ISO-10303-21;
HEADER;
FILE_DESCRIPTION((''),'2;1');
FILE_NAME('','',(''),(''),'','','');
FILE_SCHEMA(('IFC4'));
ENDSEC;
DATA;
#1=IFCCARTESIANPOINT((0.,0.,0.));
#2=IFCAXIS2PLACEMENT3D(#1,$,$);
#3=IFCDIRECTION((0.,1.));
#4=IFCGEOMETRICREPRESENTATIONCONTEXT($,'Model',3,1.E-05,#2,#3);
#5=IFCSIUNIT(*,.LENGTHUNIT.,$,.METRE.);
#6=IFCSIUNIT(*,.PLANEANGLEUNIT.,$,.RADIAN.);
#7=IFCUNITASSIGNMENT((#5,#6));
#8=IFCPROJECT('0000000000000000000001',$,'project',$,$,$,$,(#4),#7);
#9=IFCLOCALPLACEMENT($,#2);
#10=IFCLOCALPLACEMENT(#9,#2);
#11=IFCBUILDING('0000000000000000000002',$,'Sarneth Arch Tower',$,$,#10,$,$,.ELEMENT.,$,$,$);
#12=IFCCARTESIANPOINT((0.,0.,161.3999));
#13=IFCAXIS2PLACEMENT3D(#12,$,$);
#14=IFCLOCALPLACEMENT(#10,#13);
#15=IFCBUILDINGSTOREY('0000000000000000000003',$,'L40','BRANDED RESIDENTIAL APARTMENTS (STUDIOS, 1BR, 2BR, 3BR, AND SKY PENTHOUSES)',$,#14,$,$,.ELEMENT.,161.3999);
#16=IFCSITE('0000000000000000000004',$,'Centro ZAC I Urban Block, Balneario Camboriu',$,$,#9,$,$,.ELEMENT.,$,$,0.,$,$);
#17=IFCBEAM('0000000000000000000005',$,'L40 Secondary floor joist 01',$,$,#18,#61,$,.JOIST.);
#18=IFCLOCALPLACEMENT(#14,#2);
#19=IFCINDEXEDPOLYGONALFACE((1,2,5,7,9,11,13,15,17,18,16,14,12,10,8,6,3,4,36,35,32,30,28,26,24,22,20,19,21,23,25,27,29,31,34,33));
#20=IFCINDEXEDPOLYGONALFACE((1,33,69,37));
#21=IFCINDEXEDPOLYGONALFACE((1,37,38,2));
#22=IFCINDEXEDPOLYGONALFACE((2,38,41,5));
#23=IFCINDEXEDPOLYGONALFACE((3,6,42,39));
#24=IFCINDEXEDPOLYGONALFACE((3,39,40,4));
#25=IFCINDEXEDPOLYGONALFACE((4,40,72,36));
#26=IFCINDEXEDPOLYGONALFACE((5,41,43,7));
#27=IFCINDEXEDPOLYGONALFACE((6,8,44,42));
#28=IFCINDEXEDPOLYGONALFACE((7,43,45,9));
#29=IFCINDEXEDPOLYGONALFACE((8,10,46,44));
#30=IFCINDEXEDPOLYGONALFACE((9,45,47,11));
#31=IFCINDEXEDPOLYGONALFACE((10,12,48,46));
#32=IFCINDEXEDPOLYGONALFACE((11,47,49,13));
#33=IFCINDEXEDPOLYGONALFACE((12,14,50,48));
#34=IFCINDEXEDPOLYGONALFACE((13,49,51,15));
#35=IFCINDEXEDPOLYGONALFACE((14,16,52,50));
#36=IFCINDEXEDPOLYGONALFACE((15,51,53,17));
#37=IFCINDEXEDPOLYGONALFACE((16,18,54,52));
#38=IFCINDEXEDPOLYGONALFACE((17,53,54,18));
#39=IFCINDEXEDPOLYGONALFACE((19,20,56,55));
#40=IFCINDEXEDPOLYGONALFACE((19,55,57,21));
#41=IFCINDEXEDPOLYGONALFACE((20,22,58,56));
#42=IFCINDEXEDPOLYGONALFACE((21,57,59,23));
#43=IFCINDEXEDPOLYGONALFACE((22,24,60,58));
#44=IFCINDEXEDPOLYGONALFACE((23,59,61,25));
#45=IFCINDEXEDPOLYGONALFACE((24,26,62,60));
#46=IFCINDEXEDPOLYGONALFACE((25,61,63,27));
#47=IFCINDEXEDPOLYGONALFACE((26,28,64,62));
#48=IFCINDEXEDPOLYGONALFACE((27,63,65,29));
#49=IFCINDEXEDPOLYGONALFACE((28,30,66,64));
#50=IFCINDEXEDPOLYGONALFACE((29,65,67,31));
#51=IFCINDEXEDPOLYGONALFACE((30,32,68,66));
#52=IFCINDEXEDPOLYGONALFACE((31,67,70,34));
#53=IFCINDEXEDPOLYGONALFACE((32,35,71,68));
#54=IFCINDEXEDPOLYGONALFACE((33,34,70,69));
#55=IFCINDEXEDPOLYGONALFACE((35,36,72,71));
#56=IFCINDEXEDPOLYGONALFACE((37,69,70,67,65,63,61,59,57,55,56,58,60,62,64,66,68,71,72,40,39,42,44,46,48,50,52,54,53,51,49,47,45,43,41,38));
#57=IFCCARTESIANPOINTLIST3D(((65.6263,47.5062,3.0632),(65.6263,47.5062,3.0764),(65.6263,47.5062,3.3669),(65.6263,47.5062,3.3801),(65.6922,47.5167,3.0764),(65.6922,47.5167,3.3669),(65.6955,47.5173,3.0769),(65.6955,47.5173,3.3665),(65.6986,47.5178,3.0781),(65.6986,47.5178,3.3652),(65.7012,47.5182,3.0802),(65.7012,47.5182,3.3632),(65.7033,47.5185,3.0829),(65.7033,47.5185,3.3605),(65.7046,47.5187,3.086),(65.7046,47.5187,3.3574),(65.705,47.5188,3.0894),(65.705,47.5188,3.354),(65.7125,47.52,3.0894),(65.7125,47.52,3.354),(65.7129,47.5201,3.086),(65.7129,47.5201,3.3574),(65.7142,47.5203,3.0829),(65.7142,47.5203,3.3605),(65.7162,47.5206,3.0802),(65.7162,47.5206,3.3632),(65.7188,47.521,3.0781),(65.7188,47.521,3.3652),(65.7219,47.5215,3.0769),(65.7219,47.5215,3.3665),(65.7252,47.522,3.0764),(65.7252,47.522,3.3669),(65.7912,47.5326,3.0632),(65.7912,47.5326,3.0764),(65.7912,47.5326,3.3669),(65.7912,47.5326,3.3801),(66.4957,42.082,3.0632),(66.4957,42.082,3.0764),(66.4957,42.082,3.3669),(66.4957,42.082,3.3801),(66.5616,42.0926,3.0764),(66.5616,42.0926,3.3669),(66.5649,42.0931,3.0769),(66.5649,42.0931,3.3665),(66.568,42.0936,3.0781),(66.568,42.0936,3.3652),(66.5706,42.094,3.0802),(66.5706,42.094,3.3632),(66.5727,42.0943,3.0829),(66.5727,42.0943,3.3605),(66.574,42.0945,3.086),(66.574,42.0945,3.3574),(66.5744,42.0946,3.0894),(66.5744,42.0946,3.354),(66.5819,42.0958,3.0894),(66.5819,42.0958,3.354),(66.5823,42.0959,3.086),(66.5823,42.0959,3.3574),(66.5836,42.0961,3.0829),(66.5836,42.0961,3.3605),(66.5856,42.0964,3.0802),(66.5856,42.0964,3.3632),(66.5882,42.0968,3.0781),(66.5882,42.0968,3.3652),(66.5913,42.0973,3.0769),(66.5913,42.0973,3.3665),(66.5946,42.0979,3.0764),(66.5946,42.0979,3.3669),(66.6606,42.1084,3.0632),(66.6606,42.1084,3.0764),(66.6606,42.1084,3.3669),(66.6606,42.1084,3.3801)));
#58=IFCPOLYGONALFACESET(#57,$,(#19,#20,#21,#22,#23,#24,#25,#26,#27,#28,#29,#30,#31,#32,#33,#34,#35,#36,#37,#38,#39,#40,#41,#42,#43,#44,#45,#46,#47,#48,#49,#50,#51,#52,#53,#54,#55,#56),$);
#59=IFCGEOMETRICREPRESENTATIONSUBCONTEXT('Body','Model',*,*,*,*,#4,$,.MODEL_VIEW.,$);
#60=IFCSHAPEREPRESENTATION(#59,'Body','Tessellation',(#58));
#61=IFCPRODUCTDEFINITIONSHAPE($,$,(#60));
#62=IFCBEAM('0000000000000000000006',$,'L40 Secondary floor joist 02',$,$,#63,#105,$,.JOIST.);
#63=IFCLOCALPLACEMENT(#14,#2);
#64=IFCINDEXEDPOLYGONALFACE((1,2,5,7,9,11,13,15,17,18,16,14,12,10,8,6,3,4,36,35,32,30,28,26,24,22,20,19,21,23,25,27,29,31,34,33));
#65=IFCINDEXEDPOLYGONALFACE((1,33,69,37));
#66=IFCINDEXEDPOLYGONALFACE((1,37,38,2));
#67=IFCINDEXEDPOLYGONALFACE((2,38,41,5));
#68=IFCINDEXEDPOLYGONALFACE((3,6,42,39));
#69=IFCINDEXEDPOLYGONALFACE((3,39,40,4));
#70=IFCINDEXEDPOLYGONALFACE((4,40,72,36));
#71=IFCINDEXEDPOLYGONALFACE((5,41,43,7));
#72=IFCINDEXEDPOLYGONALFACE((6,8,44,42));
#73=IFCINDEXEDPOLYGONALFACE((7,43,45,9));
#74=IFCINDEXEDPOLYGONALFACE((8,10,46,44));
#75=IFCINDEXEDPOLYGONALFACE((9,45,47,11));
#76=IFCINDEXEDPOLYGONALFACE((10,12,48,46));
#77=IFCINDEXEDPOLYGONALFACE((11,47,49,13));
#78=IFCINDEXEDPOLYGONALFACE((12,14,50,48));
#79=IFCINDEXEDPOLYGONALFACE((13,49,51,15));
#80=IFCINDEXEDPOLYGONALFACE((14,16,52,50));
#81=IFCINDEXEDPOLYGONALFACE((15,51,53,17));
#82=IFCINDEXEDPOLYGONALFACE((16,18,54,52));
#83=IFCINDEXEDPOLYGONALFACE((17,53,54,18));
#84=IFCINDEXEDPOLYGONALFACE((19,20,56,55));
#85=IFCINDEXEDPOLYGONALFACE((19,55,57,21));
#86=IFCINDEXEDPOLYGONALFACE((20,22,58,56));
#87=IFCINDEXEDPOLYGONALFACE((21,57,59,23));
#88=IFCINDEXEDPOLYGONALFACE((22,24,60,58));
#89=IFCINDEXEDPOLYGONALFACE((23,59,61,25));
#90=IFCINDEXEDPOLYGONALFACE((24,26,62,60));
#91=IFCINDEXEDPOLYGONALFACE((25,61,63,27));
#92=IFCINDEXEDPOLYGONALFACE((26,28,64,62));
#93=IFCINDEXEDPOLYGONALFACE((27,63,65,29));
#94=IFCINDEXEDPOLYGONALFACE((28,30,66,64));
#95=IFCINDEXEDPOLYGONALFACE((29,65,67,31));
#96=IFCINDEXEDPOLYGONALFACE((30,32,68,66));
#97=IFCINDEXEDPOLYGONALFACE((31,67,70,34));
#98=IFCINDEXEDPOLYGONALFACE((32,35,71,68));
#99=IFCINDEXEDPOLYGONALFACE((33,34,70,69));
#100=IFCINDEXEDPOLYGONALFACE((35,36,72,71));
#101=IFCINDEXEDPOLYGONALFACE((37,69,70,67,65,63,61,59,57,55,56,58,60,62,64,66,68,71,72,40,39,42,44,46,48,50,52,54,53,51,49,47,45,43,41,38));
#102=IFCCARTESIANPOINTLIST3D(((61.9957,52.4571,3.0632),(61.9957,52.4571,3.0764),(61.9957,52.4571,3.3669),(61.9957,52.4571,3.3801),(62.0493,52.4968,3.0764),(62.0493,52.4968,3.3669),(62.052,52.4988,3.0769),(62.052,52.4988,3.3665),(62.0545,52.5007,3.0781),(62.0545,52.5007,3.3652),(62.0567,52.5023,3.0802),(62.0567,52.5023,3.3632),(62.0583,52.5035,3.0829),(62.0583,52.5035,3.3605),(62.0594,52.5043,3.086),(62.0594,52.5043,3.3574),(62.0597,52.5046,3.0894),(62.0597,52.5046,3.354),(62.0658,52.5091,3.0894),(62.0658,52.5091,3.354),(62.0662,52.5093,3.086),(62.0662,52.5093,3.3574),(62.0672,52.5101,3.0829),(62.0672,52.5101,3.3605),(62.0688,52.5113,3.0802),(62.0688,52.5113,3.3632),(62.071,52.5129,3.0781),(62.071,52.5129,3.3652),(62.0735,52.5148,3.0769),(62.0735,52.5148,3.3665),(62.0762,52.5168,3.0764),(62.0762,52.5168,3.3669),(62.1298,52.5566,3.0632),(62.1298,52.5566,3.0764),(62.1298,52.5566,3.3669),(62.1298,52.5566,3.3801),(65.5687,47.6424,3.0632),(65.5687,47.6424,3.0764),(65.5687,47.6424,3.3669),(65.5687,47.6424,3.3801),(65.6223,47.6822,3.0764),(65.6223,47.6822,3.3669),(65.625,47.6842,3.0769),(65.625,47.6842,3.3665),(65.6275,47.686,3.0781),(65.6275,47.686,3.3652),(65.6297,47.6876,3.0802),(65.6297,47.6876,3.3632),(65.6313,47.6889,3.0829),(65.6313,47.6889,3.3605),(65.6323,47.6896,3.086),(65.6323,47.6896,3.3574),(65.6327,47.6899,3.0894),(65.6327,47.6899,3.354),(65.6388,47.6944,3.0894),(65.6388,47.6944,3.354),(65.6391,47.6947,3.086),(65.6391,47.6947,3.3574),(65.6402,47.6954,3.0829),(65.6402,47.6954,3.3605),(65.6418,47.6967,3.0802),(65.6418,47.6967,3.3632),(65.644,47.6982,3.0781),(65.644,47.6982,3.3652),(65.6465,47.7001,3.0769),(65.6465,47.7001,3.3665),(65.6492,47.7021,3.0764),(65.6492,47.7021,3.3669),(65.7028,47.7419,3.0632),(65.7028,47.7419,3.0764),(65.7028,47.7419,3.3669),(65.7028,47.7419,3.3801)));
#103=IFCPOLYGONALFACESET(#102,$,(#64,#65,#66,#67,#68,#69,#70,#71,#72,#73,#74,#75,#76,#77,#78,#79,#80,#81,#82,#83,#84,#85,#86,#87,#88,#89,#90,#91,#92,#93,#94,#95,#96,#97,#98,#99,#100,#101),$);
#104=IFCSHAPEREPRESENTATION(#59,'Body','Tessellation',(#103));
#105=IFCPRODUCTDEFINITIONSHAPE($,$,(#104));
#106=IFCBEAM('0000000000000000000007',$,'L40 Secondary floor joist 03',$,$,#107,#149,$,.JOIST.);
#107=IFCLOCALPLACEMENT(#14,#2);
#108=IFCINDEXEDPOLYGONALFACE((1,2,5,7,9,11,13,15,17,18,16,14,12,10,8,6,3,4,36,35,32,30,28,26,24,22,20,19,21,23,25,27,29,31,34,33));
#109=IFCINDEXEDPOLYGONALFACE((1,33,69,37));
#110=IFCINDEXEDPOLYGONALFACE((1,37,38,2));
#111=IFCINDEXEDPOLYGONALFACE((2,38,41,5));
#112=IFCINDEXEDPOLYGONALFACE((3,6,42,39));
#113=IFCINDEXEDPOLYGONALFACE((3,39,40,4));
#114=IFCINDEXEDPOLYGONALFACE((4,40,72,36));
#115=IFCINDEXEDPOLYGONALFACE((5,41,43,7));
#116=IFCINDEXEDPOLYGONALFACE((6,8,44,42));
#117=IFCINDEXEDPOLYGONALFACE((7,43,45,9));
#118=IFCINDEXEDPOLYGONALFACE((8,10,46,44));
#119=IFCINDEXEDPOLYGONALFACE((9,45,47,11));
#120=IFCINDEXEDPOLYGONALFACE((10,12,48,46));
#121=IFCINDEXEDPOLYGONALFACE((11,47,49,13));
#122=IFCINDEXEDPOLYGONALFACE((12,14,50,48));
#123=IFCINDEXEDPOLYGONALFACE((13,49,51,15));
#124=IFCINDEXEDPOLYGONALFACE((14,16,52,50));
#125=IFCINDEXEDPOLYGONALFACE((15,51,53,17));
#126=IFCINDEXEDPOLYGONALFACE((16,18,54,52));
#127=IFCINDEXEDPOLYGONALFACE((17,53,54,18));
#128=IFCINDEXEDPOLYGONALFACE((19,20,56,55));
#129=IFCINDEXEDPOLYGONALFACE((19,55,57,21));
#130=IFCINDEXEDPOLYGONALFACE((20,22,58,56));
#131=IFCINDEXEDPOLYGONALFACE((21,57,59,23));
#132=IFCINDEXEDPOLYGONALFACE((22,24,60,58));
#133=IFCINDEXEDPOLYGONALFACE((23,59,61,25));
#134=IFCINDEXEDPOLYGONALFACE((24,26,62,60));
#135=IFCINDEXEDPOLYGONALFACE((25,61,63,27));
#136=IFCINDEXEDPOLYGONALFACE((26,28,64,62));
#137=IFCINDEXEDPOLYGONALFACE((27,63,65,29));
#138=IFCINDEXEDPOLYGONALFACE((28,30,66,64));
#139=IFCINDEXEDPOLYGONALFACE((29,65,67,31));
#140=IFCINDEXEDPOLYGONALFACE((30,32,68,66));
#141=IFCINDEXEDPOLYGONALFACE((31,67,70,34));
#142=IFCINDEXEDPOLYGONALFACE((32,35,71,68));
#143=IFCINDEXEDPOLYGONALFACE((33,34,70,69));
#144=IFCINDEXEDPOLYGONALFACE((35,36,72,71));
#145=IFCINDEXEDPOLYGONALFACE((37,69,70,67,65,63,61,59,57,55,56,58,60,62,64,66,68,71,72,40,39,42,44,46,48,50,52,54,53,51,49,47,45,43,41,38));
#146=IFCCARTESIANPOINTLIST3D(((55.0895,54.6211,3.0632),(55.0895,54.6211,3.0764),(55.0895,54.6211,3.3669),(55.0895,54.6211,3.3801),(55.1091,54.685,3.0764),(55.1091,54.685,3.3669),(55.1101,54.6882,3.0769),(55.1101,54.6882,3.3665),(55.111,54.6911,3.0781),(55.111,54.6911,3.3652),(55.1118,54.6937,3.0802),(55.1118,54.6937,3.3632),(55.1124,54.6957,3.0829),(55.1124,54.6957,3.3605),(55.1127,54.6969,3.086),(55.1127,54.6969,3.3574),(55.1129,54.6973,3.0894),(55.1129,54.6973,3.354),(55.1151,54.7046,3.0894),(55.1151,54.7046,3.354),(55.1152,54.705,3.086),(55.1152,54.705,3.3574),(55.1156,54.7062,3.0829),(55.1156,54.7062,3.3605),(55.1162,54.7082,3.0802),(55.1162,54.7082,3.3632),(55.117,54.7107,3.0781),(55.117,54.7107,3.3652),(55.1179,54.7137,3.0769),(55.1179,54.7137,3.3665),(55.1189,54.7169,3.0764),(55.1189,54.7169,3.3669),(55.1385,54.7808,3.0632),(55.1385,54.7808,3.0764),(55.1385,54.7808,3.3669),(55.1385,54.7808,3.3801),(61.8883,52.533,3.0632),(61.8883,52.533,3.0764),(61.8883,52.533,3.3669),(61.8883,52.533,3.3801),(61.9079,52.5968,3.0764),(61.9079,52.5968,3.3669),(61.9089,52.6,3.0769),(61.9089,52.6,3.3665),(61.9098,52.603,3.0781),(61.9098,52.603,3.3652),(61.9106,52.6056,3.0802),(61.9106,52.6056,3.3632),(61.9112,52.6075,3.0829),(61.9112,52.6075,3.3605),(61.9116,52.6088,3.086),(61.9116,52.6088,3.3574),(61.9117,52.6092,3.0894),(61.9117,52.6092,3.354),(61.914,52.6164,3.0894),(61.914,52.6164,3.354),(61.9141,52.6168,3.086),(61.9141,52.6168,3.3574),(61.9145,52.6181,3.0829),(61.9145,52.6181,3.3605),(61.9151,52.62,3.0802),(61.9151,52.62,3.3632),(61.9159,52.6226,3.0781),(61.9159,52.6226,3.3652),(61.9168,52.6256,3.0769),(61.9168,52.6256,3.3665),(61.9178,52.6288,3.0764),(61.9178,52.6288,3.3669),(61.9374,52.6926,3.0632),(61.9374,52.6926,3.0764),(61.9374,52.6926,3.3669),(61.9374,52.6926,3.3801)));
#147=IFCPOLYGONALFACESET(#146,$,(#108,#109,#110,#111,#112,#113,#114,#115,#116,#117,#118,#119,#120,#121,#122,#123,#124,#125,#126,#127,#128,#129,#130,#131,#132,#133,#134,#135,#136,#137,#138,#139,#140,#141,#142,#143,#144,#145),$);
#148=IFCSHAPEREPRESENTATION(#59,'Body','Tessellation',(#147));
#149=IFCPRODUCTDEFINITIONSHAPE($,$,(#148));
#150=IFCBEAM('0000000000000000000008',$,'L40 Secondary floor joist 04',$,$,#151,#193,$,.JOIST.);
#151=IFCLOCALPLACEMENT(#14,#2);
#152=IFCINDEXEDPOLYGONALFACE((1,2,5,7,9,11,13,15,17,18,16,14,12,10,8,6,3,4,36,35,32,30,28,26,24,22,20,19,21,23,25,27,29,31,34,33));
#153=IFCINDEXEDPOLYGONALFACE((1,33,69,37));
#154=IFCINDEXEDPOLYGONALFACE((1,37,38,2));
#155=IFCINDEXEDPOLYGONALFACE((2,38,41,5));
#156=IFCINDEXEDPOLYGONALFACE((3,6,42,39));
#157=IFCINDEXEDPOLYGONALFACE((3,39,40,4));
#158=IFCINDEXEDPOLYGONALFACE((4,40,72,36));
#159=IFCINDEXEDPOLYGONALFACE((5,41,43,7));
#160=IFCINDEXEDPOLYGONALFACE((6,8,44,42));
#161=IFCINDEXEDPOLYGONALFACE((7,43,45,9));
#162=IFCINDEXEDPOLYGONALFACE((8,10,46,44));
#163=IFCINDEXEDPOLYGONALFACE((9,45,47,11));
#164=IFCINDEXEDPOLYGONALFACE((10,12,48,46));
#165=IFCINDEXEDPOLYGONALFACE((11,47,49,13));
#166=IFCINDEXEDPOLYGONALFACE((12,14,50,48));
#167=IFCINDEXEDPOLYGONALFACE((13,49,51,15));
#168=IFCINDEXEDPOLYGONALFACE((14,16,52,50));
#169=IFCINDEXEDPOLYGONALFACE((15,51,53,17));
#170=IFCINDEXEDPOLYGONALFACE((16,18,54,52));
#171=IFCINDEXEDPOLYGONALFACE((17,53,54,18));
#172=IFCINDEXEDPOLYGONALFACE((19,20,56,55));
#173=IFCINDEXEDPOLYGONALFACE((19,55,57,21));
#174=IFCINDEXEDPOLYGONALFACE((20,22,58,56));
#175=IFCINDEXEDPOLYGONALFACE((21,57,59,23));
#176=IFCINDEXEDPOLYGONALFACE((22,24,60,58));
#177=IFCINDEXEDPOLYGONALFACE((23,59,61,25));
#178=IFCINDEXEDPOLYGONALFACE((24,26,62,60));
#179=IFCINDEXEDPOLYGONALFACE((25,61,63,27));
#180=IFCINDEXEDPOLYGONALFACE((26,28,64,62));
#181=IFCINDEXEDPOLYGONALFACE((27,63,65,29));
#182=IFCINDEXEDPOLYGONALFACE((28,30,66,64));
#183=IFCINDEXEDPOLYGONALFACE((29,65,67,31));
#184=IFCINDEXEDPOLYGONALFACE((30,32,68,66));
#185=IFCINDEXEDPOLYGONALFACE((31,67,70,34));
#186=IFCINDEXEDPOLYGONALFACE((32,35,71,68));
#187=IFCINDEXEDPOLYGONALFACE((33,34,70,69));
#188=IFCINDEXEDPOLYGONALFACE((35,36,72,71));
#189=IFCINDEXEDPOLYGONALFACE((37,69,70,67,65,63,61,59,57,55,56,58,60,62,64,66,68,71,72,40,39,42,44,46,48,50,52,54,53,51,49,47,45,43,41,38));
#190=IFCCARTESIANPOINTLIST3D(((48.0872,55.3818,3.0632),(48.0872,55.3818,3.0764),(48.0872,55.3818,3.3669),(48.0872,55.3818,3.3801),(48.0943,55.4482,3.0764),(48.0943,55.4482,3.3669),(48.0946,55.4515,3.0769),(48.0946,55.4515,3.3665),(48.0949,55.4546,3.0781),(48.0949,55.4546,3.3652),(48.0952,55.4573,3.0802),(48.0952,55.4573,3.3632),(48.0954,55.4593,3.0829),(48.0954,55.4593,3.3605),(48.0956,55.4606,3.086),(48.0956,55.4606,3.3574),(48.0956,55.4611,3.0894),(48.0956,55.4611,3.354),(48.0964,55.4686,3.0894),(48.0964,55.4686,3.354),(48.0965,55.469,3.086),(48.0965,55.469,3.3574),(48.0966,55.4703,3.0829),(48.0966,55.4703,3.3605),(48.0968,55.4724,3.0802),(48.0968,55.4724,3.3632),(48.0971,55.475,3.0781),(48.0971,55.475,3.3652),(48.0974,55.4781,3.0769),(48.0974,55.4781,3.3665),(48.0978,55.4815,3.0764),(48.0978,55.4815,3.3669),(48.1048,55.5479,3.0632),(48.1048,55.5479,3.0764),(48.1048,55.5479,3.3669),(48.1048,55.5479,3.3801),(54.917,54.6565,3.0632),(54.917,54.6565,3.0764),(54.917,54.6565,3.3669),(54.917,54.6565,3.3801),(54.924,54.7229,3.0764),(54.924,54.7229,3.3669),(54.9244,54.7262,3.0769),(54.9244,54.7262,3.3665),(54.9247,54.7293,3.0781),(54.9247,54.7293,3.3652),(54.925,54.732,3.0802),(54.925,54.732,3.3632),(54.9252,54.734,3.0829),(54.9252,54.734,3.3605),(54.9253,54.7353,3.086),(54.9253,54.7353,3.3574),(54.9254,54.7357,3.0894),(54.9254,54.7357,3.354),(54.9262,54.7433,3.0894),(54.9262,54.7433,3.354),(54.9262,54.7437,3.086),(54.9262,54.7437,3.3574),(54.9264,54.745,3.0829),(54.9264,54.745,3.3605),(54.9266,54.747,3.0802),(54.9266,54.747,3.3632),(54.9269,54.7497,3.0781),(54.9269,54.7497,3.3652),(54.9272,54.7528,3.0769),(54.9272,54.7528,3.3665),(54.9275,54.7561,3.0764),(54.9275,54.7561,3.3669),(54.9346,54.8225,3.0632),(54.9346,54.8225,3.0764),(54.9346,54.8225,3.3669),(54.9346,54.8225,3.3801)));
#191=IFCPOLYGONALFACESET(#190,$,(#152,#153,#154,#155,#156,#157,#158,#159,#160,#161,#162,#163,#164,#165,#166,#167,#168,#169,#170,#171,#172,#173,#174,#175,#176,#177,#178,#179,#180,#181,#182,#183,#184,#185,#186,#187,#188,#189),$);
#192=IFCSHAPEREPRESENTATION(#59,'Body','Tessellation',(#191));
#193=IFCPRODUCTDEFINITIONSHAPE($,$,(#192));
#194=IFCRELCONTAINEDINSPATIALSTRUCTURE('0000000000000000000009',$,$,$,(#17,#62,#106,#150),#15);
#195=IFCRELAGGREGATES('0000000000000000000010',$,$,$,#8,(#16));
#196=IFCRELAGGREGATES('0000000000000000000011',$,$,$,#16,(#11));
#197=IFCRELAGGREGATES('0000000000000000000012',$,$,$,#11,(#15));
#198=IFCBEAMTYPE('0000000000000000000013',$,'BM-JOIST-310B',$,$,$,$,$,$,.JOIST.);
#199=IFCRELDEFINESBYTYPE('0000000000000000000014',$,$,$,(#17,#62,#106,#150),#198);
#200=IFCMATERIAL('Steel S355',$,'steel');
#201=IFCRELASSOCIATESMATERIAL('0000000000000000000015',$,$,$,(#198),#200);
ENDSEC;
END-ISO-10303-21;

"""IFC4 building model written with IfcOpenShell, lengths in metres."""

from ifc_helpers import new_model, si_unit, direction, frame, origin, origin_2d, place, context, subcontext, project, spatial, i_section, extrude, material, material_profile, profile_set, type_object, element, save


model = new_model("IFC4")

# Units and contexts
model_context = context("Model", 3, precision=1e-05, world=origin(), true_north=direction((0.0, 1.0)))
body_context = subcontext(model_context, "Body", "Model", "MODEL_VIEW")
ifc_project = project(units=[si_unit("LENGTHUNIT", "METRE"), si_unit("PLANEANGLEUNIT", "RADIAN")], contexts=[model_context])

# Site, building, storey
site_placement = place(None, origin())
site = spatial("IfcSite", under=ifc_project, at=site_placement, Name="Centro ZAC I Urban Block, Balneario Camboriu", CompositionType="ELEMENT", RefElevation=0.0)
building_placement = place(site_placement, origin())
building = spatial("IfcBuilding", under=site, at=building_placement, Name="Sarneth Arch Tower", CompositionType="ELEMENT")
storey_placement = place(building_placement, frame((0.0, 0.0, 161.3999)))
storey = spatial("IfcBuildingStorey", under=building, at=storey_placement, Name="L40", Description="BRANDED RESIDENTIAL APARTMENTS (STUDIOS, 1BR, 2BR, 3BR, AND SKY PENTHOUSES)", CompositionType="ELEMENT", Elevation=161.3999)

# Beams
ifc_material_1 = material(Name="Steel S355", Category="steel")
ifc_material_profile_1 = material_profile(ifc_material_1, i_section(OverallWidth=0.167, OverallDepth=0.3169, WebThickness=0.0076, FlangeThickness=0.0132, FilletRadius=0.0129, at=origin_2d()), Name="W310x52")
ifc_profile_set_1 = profile_set([ifc_material_profile_1], Name="Steel S355")
beam_type_1 = type_object("IfcBeamType", Name="BM-JOIST-310B", PredefinedType="JOIST", material=ifc_profile_set_1)
beam_1_placement = place(storey_placement, frame((66.5781, 42.0952, 3.2217), z_axis=(-0.158263, 0.987397, 0.0), x_axis=(-0.987397, -0.158263, 0.0)))
element("IfcBeam", 1, at=beam_1_placement, inside=storey, type_object=beam_type_1, Name="L40 Secondary floor joist 01", PredefinedType="JOIST", context=body_context, shape_type="SweptSolid", body=[
    extrude(i_section(OverallWidth=0.167, OverallDepth=0.3169, WebThickness=0.0076, FlangeThickness=0.0132, FilletRadius=0.0129, at=origin_2d()), origin(), (0.0, 0.0, 1.0), 5.4934),
])
beam_2_placement = place(storey_placement, frame((65.6357, 47.6921, 3.2217), z_axis=(-0.595933, 0.803034, 0.0), x_axis=(-0.803034, -0.595933, 0.0)))
element("IfcBeam", 2, at=beam_2_placement, inside=storey, type_object=beam_type_1, Name="L40 Secondary floor joist 02", PredefinedType="JOIST", context=body_context, shape_type="SweptSolid", body=[
    extrude(i_section(OverallWidth=0.167, OverallDepth=0.3169, WebThickness=0.0076, FlangeThickness=0.0132, FilletRadius=0.0129, at=origin_2d()), origin(), (0.0, 0.0, 1.0), 5.9956),
])
beam_3_placement = place(storey_placement, frame((61.9128, 52.6128, 3.2217), z_axis=(-0.95593, 0.293596, 0.0), x_axis=(-0.293596, -0.95593, 0.0)))
element("IfcBeam", 3, at=beam_3_placement, inside=storey, type_object=beam_type_1, Name="L40 Secondary floor joist 03", PredefinedType="JOIST", context=body_context, shape_type="SweptSolid", body=[
    extrude(i_section(OverallWidth=0.167, OverallDepth=0.3169, WebThickness=0.0076, FlangeThickness=0.0132, FilletRadius=0.0129, at=origin_2d()), origin(), (0.0, 0.0, 1.0), 7.1123),
])
beam_4_placement = place(storey_placement, frame((54.9258, 54.7395, 3.2217), z_axis=(-0.994408, 0.105608, 0.0), x_axis=(-0.105608, -0.994408, 0.0)))
element("IfcBeam", 4, at=beam_4_placement, inside=storey, type_object=beam_type_1, Name="L40 Secondary floor joist 04", PredefinedType="JOIST", context=body_context, shape_type="SweptSolid", body=[
    extrude(i_section(OverallWidth=0.167, OverallDepth=0.3169, WebThickness=0.0076, FlangeThickness=0.0132, FilletRadius=0.0129, at=origin_2d()), origin(), (0.0, 0.0, 1.0), 6.8682),
])

save(model, "model.ifc")
